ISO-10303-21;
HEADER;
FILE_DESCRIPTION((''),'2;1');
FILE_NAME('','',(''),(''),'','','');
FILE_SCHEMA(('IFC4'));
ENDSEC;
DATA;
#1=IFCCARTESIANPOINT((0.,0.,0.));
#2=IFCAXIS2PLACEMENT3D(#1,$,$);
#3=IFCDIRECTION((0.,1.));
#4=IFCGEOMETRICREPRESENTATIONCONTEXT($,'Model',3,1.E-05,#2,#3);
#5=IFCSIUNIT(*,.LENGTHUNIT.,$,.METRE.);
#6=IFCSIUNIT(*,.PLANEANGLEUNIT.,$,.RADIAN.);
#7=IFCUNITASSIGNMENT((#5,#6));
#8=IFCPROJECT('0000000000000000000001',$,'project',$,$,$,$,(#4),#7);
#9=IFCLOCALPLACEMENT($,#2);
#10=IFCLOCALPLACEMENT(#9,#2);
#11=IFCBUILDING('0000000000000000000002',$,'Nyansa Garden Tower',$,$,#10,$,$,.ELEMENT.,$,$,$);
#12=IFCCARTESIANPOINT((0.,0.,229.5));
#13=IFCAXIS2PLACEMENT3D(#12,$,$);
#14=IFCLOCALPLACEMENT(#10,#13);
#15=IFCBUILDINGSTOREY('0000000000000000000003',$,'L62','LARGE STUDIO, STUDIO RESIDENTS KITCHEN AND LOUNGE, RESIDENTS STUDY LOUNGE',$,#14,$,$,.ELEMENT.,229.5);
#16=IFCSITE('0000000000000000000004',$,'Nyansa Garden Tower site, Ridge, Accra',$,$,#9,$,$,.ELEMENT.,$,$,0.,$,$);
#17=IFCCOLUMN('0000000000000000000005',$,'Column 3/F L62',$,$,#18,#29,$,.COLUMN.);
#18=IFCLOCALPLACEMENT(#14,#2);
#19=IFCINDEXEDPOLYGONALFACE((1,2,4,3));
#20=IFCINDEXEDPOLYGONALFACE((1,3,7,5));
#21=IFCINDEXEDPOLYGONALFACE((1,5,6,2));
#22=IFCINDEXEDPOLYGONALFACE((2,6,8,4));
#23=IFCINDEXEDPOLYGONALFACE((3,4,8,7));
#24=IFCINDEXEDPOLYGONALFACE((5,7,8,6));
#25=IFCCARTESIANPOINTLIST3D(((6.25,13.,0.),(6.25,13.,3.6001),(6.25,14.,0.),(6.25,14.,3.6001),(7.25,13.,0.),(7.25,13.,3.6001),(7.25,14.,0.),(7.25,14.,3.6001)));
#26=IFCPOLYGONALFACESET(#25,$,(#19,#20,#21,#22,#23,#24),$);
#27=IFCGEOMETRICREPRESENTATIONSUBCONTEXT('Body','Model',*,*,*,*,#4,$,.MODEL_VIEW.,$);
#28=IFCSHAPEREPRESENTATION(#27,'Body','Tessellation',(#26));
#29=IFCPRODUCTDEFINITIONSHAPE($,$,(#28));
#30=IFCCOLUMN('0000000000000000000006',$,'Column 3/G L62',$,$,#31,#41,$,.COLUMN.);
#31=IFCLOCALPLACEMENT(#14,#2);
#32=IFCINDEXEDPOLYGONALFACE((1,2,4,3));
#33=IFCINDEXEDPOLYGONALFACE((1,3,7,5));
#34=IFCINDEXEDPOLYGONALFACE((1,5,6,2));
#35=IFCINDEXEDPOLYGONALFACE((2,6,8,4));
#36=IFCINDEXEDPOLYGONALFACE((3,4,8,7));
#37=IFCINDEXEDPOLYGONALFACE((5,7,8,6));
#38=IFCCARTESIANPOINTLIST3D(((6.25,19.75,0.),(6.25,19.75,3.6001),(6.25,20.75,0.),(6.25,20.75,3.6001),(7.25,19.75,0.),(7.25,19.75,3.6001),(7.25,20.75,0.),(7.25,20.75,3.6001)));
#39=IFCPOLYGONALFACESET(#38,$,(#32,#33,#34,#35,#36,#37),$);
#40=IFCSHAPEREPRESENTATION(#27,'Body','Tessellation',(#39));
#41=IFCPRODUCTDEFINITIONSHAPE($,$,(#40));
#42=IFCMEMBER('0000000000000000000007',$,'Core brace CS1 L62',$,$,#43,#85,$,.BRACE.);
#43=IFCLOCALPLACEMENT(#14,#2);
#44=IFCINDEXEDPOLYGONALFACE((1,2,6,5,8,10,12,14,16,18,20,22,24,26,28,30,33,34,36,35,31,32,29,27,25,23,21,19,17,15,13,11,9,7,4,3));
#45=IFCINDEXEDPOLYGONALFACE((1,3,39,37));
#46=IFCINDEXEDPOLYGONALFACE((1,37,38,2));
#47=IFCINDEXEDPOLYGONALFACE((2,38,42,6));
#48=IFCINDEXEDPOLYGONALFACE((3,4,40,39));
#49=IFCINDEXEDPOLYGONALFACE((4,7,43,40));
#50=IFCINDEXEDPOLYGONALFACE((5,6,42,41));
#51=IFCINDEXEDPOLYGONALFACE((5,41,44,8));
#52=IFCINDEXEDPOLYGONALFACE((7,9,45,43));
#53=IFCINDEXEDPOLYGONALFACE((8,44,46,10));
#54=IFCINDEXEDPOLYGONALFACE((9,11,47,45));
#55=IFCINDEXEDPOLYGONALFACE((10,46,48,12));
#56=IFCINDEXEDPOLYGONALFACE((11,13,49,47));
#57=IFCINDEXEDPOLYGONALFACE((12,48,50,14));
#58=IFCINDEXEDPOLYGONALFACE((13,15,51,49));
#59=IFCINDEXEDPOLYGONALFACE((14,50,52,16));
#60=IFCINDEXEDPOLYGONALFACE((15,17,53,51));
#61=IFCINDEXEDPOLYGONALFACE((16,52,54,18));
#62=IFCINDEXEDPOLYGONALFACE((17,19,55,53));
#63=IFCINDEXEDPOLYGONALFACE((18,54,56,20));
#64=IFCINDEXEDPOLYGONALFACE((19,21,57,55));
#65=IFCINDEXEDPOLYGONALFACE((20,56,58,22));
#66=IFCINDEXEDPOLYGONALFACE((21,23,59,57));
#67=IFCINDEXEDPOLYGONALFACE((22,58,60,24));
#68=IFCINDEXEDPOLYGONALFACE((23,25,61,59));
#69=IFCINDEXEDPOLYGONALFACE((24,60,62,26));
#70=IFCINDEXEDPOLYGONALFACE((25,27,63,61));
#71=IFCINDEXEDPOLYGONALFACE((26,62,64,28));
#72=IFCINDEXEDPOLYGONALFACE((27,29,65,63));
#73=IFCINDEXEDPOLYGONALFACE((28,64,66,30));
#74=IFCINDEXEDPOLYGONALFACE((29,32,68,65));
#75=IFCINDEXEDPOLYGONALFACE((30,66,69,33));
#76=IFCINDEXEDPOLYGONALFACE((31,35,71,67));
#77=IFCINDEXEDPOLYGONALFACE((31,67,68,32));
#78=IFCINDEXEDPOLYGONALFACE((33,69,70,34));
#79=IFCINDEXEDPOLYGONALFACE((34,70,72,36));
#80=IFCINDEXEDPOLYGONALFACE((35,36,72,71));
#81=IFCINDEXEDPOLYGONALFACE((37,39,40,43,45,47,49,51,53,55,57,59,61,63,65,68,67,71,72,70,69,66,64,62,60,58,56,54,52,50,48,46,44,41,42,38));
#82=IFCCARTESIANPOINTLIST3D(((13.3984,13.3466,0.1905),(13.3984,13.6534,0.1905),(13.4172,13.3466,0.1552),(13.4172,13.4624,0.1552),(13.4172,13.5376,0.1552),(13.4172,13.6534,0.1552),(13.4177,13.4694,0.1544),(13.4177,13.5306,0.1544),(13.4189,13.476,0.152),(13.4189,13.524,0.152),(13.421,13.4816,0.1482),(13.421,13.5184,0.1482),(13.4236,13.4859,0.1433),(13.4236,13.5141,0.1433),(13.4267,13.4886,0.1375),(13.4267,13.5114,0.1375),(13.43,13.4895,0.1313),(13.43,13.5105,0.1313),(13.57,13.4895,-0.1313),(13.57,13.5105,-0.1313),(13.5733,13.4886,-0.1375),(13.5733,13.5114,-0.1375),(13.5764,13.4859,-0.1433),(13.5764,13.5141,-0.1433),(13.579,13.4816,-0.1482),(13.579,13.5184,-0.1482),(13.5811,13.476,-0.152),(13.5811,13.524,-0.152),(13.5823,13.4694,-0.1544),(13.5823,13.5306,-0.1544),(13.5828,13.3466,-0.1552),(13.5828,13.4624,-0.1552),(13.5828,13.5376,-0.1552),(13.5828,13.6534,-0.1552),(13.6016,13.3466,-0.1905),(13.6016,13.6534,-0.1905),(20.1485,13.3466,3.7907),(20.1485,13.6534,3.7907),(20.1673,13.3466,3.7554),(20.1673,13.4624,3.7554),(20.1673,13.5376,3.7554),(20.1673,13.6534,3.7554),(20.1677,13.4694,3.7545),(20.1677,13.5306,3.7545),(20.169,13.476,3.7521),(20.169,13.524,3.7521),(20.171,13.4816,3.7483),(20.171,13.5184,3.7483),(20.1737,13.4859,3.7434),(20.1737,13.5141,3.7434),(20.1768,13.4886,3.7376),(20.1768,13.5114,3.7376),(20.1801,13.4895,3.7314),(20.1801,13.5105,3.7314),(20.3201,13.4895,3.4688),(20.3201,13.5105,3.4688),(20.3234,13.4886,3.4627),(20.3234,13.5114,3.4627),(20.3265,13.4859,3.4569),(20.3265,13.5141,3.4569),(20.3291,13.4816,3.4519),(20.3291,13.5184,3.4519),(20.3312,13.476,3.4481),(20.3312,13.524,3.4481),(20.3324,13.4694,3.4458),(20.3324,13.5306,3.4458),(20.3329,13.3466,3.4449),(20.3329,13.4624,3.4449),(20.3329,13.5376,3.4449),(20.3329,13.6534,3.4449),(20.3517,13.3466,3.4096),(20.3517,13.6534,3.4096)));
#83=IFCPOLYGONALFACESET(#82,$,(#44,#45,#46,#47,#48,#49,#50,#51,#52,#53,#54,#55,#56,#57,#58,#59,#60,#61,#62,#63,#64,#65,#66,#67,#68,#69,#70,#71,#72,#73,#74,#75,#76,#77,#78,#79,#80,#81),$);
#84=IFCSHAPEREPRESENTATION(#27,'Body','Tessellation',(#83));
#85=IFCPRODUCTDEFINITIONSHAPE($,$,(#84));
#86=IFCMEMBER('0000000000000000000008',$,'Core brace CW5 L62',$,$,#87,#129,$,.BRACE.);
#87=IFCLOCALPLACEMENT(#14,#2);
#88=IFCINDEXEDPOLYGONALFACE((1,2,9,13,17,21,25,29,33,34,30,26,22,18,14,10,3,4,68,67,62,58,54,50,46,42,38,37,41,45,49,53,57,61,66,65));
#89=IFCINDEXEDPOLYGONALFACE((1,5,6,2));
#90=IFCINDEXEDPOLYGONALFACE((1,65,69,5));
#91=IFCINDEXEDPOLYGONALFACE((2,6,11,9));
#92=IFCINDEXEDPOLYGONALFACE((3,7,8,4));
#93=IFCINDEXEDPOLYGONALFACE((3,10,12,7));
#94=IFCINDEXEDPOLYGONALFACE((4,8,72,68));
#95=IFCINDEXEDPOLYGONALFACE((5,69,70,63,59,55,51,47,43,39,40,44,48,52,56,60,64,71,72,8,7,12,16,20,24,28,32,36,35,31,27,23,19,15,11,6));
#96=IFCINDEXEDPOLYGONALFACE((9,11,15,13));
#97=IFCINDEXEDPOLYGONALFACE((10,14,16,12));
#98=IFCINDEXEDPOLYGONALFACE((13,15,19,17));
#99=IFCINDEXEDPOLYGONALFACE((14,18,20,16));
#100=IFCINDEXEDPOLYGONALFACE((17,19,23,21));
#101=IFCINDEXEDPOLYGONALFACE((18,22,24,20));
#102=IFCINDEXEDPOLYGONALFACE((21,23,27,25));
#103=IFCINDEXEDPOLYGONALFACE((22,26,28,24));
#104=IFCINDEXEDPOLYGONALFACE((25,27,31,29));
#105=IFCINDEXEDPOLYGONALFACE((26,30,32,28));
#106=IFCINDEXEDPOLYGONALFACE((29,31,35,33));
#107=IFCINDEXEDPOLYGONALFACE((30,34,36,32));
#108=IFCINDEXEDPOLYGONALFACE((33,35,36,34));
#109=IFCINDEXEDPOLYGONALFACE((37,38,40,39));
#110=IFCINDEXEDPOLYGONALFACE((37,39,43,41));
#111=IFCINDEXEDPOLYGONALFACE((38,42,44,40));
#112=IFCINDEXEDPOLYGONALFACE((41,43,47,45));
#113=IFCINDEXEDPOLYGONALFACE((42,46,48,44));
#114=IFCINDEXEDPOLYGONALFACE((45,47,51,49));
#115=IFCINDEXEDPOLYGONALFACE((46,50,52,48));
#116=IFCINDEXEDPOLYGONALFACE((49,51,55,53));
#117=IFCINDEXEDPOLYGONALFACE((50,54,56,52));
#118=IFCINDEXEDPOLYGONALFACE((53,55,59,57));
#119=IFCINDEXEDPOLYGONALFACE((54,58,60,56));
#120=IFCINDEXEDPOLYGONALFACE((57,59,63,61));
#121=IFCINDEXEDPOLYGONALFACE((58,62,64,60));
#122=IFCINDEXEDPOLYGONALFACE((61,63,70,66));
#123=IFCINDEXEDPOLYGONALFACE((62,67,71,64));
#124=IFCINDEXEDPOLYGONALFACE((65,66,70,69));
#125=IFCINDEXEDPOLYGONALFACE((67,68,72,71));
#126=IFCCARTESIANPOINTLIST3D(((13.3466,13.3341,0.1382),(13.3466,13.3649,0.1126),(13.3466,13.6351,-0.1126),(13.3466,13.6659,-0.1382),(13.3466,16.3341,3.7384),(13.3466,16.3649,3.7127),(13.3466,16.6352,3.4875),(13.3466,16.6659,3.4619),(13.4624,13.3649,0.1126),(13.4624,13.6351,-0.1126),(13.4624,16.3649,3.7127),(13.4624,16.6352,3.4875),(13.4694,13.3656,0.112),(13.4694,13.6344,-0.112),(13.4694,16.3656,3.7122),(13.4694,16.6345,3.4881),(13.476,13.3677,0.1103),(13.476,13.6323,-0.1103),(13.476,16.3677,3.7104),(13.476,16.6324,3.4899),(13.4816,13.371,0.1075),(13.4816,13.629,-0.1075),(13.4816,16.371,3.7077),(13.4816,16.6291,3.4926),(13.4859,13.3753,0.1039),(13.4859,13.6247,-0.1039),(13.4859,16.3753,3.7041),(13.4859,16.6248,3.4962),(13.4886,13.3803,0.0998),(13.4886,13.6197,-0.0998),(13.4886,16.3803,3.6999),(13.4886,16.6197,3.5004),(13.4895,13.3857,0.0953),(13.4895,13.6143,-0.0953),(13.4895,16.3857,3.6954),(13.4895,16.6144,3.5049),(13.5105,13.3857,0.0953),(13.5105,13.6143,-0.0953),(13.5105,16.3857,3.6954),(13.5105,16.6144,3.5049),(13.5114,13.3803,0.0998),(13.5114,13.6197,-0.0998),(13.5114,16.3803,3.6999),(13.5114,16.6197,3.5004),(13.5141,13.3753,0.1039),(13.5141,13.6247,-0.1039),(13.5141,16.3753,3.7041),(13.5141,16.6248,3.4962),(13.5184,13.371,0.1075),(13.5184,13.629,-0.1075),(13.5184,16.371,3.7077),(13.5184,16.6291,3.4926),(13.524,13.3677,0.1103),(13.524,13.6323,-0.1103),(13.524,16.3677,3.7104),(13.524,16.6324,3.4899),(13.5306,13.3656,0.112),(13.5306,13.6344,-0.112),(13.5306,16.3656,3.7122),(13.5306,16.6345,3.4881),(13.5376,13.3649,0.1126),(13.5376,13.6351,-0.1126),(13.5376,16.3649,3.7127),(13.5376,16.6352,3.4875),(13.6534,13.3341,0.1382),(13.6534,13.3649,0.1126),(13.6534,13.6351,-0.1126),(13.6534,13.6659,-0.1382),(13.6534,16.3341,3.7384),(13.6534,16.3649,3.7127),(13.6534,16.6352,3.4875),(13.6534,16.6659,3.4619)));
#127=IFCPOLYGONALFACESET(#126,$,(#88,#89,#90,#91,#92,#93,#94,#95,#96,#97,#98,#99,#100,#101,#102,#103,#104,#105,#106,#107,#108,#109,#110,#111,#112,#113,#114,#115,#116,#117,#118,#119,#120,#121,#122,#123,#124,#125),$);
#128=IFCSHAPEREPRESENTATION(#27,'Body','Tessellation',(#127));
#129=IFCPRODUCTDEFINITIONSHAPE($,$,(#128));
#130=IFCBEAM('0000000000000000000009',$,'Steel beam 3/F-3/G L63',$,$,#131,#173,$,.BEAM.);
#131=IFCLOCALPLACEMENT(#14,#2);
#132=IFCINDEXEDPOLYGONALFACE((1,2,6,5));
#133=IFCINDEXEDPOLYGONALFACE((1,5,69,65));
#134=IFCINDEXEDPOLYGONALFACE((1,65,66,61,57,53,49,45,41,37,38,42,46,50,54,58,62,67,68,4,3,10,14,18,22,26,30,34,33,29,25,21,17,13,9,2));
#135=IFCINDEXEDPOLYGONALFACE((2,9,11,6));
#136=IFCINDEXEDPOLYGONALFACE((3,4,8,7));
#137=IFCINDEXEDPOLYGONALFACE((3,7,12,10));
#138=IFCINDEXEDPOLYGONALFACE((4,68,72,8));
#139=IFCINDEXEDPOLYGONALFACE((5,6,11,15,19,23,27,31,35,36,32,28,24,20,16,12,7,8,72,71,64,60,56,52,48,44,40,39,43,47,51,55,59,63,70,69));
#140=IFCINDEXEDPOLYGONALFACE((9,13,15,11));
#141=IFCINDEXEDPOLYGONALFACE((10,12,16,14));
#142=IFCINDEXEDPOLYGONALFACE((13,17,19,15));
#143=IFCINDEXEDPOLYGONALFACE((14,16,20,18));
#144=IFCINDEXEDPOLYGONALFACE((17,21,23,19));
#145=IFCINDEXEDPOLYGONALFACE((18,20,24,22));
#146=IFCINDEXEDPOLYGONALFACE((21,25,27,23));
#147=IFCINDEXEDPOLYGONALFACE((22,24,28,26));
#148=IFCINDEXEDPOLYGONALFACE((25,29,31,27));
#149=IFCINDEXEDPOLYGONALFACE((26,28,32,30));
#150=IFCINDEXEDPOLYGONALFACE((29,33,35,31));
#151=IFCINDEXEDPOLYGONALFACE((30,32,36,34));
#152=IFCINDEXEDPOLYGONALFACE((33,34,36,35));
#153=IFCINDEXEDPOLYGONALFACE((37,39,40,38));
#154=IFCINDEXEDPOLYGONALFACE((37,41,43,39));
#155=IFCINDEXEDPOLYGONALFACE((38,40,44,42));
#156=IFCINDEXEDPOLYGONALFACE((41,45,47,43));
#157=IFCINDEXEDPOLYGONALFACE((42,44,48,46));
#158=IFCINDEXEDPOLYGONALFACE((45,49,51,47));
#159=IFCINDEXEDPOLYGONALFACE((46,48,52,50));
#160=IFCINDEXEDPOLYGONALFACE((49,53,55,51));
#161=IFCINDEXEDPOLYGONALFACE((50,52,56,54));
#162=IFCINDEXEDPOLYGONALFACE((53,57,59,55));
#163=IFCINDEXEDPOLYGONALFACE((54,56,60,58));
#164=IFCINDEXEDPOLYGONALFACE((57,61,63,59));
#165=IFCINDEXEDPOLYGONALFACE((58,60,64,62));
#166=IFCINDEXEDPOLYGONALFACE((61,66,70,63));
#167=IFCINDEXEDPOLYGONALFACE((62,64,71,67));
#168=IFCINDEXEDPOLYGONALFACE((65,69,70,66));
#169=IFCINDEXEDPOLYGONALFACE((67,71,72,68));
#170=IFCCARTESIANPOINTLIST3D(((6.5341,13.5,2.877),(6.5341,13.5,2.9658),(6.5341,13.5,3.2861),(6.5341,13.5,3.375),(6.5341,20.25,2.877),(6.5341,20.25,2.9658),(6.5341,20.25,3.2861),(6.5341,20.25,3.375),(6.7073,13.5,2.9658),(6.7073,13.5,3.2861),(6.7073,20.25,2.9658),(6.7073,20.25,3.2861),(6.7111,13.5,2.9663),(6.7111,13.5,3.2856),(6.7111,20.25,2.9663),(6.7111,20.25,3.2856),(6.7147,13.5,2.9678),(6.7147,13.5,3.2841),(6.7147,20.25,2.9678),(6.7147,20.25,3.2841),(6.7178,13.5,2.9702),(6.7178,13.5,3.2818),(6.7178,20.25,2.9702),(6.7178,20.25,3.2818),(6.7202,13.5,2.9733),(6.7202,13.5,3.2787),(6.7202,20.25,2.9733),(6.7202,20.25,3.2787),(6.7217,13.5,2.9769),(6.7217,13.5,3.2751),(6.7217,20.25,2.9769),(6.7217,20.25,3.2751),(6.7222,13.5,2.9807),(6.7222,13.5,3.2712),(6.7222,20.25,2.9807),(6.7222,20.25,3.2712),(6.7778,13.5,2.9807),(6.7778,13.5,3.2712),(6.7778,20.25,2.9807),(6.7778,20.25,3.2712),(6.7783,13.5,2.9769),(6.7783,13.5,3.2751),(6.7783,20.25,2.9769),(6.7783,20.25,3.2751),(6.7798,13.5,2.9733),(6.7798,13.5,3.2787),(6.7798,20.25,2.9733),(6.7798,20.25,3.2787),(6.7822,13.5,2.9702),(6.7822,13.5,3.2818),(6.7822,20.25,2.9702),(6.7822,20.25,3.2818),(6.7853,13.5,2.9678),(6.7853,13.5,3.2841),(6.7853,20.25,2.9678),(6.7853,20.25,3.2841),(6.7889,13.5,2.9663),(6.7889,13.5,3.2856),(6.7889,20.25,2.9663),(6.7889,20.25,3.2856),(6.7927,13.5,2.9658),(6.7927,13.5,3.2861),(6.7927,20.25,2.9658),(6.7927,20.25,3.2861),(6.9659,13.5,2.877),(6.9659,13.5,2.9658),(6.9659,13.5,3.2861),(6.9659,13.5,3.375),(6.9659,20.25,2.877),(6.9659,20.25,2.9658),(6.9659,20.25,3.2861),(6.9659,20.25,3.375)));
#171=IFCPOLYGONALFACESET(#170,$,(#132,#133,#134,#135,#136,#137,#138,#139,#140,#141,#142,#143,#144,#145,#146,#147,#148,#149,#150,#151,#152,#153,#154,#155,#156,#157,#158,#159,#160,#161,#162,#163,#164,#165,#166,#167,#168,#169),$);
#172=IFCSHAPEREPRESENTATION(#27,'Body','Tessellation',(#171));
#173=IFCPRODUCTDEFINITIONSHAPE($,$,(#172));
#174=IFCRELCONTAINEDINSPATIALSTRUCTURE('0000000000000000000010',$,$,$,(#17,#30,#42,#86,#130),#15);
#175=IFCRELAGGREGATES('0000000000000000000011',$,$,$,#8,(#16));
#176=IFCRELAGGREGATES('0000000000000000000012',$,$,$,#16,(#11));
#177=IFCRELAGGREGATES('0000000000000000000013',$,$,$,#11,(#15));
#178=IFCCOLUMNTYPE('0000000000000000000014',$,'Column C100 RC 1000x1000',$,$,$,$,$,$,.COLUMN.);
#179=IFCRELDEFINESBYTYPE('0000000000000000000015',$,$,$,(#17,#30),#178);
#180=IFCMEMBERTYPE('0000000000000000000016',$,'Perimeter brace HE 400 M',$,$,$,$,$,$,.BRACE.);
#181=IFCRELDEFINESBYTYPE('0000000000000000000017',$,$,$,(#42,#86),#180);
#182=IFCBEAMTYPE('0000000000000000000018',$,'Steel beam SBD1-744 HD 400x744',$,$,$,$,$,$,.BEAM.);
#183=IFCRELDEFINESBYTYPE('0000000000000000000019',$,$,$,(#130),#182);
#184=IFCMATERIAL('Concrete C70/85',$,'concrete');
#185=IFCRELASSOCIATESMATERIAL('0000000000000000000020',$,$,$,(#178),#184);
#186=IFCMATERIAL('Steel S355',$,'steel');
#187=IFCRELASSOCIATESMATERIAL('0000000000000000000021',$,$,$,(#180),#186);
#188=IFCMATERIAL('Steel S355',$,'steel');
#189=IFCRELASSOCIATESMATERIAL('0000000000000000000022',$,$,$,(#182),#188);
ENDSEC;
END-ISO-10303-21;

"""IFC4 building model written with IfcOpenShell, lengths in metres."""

from ifc_helpers import new_model, si_unit, direction, frame, origin, origin_2d, place, context, subcontext, project, spatial, rectangle, i_section, extrude, material, material_profile, profile_set, type_object, element, save


model = new_model("IFC4")

# Units and contexts
model_context = context("Model", 3, precision=1e-05, world=origin(), true_north=direction((0.0, 1.0)))
body_context = subcontext(model_context, "Body", "Model", "MODEL_VIEW")
ifc_project = project(units=[si_unit("LENGTHUNIT", "METRE"), si_unit("PLANEANGLEUNIT", "RADIAN")], contexts=[model_context])

# Site, building, storey
site_placement = place(None, origin())
site = spatial("IfcSite", under=ifc_project, at=site_placement, Name="Nyansa Garden Tower site, Ridge, Accra", CompositionType="ELEMENT", RefElevation=0.0)
building_placement = place(site_placement, origin())
building = spatial("IfcBuilding", under=site, at=building_placement, Name="Nyansa Garden Tower", CompositionType="ELEMENT")
storey_placement = place(building_placement, frame((0.0, 0.0, 229.5)))
storey = spatial("IfcBuildingStorey", under=building, at=storey_placement, Name="L62", Description="LARGE STUDIO, STUDIO RESIDENTS KITCHEN AND LOUNGE, RESIDENTS STUDY LOUNGE", CompositionType="ELEMENT", Elevation=229.5)

# Columns
ifc_material_1 = material(Name="Concrete C70/85", Category="concrete")
ifc_material_profile_1 = material_profile(ifc_material_1, rectangle(XDim=1.0, YDim=1.0, at=origin_2d()), Name="RC 1000x1000")
ifc_profile_set_1 = profile_set([ifc_material_profile_1], Name="Concrete C70/85")
column_type = type_object("IfcColumnType", Name="Column C100 RC 1000x1000", PredefinedType="COLUMN", material=ifc_profile_set_1)
for number, where, z_axis, x_axis, name in (
    (1, (6.75, 13.5, 0.0), (0.0, 0.0, 1.0), (1.0, 0.0, 0.0), "Column 3/F L62"),
    (2, (6.75, 20.25, 0.0), (0.0, 0.0, 1.0), (1.0, 0.0, 0.0), "Column 3/G L62"),
):
    element("IfcColumn", number, at=place(storey_placement, frame(where, z_axis=z_axis, x_axis=x_axis)), inside=storey, type_object=column_type, Name=name, PredefinedType="COLUMN", context=body_context, shape_type="SweptSolid", body=[
        extrude(rectangle(XDim=1.0, YDim=1.0, at=origin_2d()), origin(), (0.0, 0.0, 1.0), 3.6001),
    ])

# Members
ifc_material_2 = material(Name="Steel S355", Category="steel")
ifc_material_profile_2 = material_profile(ifc_material_2, i_section(OverallWidth=0.3069, OverallDepth=0.4319, WebThickness=0.021, FlangeThickness=0.04, FilletRadius=0.0271, at=origin_2d()), Name="HE 400 M")
ifc_profile_set_2 = profile_set([ifc_material_profile_2], Name="Steel S355")
member_type = type_object("IfcMemberType", Name="Perimeter brace HE 400 M", PredefinedType="BRACE", material=ifc_profile_set_2)
member_1_placement = place(storey_placement, frame((13.5, 13.5, 0.0), z_axis=(0.882348, 0.0, 0.470598), x_axis=(0.0, 1.0, 0.0)))
element("IfcMember", 3, at=member_1_placement, inside=storey, type_object=member_type, Name="Core brace CS1 L62", PredefinedType="BRACE", context=body_context, shape_type="SweptSolid", body=[
    extrude(i_section(OverallWidth=0.3069, OverallDepth=0.4319, WebThickness=0.021, FlangeThickness=0.04, FilletRadius=0.0271, at=origin_2d()), origin(), (0.0, 0.0, 1.0), 7.6501),
])
member_2_placement = place(storey_placement, frame((13.5, 13.5, 0.0), z_axis=(0.0, 0.640174, 0.76823), x_axis=(-1.0, 0.0, 0.0)))
element("IfcMember", 4, at=member_2_placement, inside=storey, type_object=member_type, Name="Core brace CW5 L62", PredefinedType="BRACE", context=body_context, shape_type="SweptSolid", body=[
    extrude(i_section(OverallWidth=0.3069, OverallDepth=0.4319, WebThickness=0.021, FlangeThickness=0.04, FilletRadius=0.0271, at=origin_2d()), origin(), (0.0, 0.0, 1.0), 4.6863),
])

# Beam
ifc_material_3 = material(Name="Steel S355", Category="steel")
ifc_material_profile_3 = material_profile(ifc_material_3, i_section(OverallWidth=0.4319, OverallDepth=0.498, WebThickness=0.0557, FlangeThickness=0.0889, FilletRadius=0.0149, at=origin_2d()), Name="HD 400x744")
ifc_profile_set_3 = profile_set([ifc_material_profile_3], Name="Steel S355")
beam_type_1 = type_object("IfcBeamType", Name="Steel beam SBD1-744 HD 400x744", PredefinedType="BEAM", material=ifc_profile_set_3)
beam_1_placement = place(storey_placement, frame((6.75, 13.5, 3.126), z_axis=(0.0, 1.0, 0.0), x_axis=(-1.0, 0.0, 0.0)))
element("IfcBeam", 5, at=beam_1_placement, inside=storey, type_object=beam_type_1, Name="Steel beam 3/F-3/G L63", PredefinedType="BEAM", context=body_context, shape_type="SweptSolid", body=[
    extrude(i_section(OverallWidth=0.4319, OverallDepth=0.498, WebThickness=0.0557, FlangeThickness=0.0889, FilletRadius=0.0149, at=origin_2d()), origin(), (0.0, 0.0, 1.0), 6.75),
])

save(model, "model.ifc")
